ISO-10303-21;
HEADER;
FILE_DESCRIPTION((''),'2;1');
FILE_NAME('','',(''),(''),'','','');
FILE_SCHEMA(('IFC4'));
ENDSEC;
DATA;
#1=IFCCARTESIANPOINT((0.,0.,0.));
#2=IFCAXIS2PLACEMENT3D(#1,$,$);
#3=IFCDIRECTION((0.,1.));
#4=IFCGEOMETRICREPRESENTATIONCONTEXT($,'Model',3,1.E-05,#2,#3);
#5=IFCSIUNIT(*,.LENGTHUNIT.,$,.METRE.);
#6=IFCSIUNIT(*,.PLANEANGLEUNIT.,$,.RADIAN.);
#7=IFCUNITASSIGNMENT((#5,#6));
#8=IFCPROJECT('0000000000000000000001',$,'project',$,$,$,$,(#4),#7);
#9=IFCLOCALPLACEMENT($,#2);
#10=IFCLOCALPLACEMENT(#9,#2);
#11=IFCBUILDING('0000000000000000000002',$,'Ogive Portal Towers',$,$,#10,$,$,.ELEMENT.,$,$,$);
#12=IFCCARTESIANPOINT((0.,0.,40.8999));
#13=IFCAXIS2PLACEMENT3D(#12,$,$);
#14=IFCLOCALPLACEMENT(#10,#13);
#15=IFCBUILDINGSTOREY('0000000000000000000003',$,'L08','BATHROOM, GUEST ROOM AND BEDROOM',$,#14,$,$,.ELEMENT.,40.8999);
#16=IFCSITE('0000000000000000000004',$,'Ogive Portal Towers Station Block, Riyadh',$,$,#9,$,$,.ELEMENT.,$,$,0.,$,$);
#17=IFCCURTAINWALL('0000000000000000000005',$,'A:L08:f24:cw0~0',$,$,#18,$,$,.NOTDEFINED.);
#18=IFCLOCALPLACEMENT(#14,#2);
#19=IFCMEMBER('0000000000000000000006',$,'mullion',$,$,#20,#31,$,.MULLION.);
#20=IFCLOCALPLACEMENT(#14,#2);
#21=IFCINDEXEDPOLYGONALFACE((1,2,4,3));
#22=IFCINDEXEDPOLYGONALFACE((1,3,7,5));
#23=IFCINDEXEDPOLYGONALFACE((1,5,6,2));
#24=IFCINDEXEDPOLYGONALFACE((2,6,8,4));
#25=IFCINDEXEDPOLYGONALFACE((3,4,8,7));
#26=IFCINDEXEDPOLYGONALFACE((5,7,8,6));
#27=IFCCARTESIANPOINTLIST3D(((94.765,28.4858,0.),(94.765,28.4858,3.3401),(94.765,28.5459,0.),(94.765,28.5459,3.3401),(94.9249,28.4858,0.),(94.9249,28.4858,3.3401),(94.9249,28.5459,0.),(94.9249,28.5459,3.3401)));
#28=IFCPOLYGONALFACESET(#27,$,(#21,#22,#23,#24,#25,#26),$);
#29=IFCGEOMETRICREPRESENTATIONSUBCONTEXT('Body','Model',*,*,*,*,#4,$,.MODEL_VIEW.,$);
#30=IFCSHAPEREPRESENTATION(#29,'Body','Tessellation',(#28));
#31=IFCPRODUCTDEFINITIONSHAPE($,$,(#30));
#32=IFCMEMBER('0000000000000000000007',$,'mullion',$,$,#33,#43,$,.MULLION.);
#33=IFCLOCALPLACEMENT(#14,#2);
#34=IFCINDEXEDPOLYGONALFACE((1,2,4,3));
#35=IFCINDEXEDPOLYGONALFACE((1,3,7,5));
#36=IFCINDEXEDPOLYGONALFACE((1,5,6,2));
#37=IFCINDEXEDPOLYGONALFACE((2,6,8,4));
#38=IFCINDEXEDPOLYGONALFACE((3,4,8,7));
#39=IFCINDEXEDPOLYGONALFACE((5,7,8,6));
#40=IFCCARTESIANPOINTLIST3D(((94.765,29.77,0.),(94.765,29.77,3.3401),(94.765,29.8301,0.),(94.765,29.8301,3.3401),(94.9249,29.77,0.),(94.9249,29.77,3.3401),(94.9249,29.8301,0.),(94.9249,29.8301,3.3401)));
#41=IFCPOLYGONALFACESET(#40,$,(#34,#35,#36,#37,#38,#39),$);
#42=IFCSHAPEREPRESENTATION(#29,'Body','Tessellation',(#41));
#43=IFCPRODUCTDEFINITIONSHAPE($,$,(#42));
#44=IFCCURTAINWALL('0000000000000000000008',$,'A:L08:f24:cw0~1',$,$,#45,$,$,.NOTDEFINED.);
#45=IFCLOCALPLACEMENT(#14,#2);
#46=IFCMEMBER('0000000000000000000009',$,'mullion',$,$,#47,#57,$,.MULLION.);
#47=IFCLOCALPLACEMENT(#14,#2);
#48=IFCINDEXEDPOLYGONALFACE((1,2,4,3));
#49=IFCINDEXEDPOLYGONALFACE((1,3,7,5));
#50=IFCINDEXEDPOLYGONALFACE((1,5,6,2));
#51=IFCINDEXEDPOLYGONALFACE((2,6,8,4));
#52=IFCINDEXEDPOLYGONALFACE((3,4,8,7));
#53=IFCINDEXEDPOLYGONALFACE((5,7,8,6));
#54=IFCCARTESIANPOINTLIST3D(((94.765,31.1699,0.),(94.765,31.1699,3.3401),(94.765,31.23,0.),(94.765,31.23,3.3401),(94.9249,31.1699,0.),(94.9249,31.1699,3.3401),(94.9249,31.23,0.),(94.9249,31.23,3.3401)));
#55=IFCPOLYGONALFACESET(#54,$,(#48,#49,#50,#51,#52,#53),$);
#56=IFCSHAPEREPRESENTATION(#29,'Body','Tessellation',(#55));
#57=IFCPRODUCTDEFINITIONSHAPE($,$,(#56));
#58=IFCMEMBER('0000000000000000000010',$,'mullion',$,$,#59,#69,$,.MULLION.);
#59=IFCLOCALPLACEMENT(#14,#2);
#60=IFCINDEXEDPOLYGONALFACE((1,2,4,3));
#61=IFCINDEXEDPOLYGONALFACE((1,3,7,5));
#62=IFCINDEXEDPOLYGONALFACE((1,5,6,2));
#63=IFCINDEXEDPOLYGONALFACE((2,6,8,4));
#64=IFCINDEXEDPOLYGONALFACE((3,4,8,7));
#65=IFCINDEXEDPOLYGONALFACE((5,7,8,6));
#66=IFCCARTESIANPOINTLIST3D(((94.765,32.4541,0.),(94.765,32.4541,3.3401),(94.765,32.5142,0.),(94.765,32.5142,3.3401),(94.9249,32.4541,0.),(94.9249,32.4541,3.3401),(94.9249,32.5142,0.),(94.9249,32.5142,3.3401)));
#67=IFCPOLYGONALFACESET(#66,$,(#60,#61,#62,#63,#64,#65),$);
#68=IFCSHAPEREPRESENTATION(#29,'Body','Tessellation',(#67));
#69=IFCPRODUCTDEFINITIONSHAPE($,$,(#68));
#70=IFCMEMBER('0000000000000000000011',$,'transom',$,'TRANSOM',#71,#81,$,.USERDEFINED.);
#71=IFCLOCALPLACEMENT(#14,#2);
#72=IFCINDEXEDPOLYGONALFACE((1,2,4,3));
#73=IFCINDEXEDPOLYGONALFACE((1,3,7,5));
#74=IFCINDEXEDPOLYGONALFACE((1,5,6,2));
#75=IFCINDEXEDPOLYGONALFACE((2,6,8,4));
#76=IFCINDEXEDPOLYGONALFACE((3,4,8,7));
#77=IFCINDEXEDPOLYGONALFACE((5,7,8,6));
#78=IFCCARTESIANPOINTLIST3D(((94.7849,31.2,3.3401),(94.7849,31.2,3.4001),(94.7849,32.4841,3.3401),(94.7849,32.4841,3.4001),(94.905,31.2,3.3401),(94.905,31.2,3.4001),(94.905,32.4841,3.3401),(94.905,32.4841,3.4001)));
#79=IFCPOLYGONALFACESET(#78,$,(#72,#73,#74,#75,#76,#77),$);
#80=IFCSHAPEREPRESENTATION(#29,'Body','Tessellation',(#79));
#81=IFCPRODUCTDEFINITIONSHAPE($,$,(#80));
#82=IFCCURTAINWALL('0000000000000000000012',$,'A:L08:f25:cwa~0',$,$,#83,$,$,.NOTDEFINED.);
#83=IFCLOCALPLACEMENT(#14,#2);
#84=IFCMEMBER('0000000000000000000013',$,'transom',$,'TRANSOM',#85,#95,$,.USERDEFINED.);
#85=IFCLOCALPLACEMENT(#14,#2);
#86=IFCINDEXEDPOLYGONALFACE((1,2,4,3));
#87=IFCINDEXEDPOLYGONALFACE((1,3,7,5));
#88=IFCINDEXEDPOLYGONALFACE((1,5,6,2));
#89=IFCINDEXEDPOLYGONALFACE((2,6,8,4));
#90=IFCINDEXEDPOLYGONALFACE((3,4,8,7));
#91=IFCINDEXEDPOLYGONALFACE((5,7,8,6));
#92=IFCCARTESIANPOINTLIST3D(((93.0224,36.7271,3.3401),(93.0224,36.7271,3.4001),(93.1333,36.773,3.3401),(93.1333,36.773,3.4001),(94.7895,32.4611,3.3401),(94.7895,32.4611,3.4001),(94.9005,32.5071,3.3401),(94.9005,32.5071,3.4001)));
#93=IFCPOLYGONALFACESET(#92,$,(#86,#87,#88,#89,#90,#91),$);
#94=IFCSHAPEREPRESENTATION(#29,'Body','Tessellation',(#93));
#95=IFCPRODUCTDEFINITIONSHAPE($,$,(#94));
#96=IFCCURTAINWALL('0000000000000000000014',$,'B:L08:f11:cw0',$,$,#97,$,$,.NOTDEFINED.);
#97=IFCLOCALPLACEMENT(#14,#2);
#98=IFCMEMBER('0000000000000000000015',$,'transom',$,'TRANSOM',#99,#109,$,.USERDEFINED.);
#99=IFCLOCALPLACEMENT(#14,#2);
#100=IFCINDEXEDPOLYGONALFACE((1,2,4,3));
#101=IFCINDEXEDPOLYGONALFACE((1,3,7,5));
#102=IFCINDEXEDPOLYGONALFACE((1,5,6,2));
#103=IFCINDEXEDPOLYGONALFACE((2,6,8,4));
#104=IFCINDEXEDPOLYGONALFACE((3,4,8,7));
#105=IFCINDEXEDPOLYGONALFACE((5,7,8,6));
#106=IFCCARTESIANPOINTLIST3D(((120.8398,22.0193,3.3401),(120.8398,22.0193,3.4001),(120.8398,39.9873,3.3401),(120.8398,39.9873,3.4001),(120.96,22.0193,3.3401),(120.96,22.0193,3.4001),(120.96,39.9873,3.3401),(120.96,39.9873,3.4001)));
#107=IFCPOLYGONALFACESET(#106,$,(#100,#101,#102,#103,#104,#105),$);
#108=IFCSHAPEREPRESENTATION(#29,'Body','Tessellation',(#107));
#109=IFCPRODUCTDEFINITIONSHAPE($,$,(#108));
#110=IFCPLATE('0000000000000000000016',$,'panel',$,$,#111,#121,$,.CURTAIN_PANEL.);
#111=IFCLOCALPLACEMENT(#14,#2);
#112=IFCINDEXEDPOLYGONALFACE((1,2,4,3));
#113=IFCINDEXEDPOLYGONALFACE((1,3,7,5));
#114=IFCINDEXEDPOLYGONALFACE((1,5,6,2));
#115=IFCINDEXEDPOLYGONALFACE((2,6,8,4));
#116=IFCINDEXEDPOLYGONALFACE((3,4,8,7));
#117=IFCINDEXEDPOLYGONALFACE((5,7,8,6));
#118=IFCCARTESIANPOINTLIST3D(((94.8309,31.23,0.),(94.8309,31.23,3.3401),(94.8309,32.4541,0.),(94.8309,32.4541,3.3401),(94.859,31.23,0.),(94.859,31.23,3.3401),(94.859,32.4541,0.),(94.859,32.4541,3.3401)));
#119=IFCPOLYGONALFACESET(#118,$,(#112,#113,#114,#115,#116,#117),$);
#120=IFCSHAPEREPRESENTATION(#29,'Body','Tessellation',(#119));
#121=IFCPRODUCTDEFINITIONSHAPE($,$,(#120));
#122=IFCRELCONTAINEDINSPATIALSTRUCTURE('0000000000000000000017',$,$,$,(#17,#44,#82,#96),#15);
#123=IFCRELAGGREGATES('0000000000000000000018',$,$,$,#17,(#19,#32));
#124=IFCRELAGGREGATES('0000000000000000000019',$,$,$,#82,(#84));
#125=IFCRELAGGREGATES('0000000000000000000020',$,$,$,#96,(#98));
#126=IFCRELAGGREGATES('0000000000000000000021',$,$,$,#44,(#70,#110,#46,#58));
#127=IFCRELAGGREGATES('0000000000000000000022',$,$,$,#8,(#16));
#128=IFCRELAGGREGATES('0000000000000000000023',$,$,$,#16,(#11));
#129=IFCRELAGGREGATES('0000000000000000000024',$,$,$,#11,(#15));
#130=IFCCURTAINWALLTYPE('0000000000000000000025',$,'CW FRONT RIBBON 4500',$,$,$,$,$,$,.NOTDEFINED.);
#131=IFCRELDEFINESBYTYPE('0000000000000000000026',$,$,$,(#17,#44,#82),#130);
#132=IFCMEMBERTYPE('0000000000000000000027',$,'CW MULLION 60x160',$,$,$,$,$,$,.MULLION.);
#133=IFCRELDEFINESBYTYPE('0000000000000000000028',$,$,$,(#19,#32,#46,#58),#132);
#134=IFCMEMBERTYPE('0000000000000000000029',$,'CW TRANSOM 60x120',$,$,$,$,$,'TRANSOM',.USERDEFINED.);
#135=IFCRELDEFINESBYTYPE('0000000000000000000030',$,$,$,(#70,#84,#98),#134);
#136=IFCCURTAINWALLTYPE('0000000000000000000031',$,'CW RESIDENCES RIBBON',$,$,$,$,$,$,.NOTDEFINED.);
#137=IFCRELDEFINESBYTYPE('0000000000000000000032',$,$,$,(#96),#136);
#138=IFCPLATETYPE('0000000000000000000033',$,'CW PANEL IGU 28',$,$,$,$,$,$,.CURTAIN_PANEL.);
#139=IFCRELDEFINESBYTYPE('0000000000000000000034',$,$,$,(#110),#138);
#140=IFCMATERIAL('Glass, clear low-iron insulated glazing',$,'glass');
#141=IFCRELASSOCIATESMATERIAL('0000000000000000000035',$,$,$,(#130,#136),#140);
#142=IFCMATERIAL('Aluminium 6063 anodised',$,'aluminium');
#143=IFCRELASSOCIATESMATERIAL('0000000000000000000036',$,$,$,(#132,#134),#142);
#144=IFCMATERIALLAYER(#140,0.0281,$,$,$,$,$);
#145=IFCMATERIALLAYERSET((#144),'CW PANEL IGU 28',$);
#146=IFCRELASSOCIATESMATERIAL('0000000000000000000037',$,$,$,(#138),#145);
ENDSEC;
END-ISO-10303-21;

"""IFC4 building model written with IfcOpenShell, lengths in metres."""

from ifc_helpers import new_model, si_unit, direction, frame, origin, origin_2d, place, context, subcontext, project, spatial, rectangle, extrude, material, layer, layer_set, material_profile, profile_set, type_object, element, aggregate, save


model = new_model("IFC4")

# Units and contexts
model_context = context("Model", 3, precision=1e-05, world=origin(), true_north=direction((0.0, 1.0)))
body_context = subcontext(model_context, "Body", "Model", "MODEL_VIEW")
ifc_project = project(units=[si_unit("LENGTHUNIT", "METRE"), si_unit("PLANEANGLEUNIT", "RADIAN")], contexts=[model_context])

# Site, building, storey
site_placement = place(None, origin())
site = spatial("IfcSite", under=ifc_project, at=site_placement, Name="Ogive Portal Towers Station Block, Riyadh", CompositionType="ELEMENT", RefElevation=0.0)
building_placement = place(site_placement, origin())
building = spatial("IfcBuilding", under=site, at=building_placement, Name="Ogive Portal Towers", CompositionType="ELEMENT")
storey_placement = place(building_placement, frame((0.0, 0.0, 40.8999)))
storey = spatial("IfcBuildingStorey", under=building, at=storey_placement, Name="L08", Description="BATHROOM, GUEST ROOM AND BEDROOM", CompositionType="ELEMENT", Elevation=40.8999)

# Curtain walls, members
ifc_material_1 = material(Name="Glass, clear low-iron insulated glazing", Category="glass")
curtain_wall_type_1 = type_object("IfcCurtainWallType", Name="CW FRONT RIBBON 4500", PredefinedType="NOTDEFINED", material=ifc_material_1)
curtain_wall_1_placement = place(storey_placement, origin())
curtain_wall_1 = element("IfcCurtainWall", 1, at=curtain_wall_1_placement, inside=storey, type_object=curtain_wall_type_1, Name="A:L08:f24:cw0~0", PredefinedType="NOTDEFINED")
ifc_material_2 = material(Name="Aluminium 6063 anodised", Category="aluminium")
ifc_material_profile_1 = material_profile(ifc_material_2, rectangle(XDim=0.1599, YDim=0.0601, at=origin_2d()), Name="AL 60x160")
ifc_profile_set_1 = profile_set([ifc_material_profile_1], Name="Aluminium 6063 anodised")
member_type_1 = type_object("IfcMemberType", Name="CW MULLION 60x160", PredefinedType="MULLION", material=ifc_profile_set_1)
member_1_placement = place(storey_placement, frame((94.845, 28.5159, 0.0), z_axis=(0.0, 0.0, 1.0), x_axis=(-1.0, 0.0, 0.0)))
member_1 = element("IfcMember", 2, at=member_1_placement, type_object=member_type_1, Name="mullion", PredefinedType="MULLION", context=body_context, shape_type="SweptSolid", body=[
    extrude(rectangle(XDim=0.1599, YDim=0.0601, at=origin_2d()), origin(), (0.0, 0.0, 1.0), 3.3401),
])
member_2_placement = place(storey_placement, frame((94.845, 29.8, 0.0), z_axis=(0.0, 0.0, 1.0), x_axis=(-1.0, 0.0, 0.0)))
member_2 = element("IfcMember", 3, at=member_2_placement, type_object=member_type_1, Name="mullion", PredefinedType="MULLION", context=body_context, shape_type="SweptSolid", body=[
    extrude(rectangle(XDim=0.1599, YDim=0.0601, at=origin_2d()), origin(), (0.0, 0.0, 1.0), 3.3401),
])
aggregate(curtain_wall_1, [member_1, member_2])
curtain_wall_2_placement = place(storey_placement, origin())
curtain_wall_2 = element("IfcCurtainWall", 4, at=curtain_wall_2_placement, inside=storey, type_object=curtain_wall_type_1, Name="A:L08:f24:cw0~1", PredefinedType="NOTDEFINED")
member_3_placement = place(storey_placement, frame((94.845, 31.2, 0.0), z_axis=(0.0, 0.0, 1.0), x_axis=(-1.0, 0.0, 0.0)))
member_3 = element("IfcMember", 5, at=member_3_placement, type_object=member_type_1, Name="mullion", PredefinedType="MULLION", context=body_context, shape_type="SweptSolid", body=[
    extrude(rectangle(XDim=0.1599, YDim=0.0601, at=origin_2d()), origin(), (0.0, 0.0, 1.0), 3.3401),
])
member_4_placement = place(storey_placement, frame((94.845, 32.4841, 0.0), z_axis=(0.0, 0.0, 1.0), x_axis=(-1.0, 0.0, 0.0)))
member_4 = element("IfcMember", 6, at=member_4_placement, type_object=member_type_1, Name="mullion", PredefinedType="MULLION", context=body_context, shape_type="SweptSolid", body=[
    extrude(rectangle(XDim=0.1599, YDim=0.0601, at=origin_2d()), origin(), (0.0, 0.0, 1.0), 3.3401),
])
ifc_material_profile_2 = material_profile(ifc_material_2, rectangle(XDim=0.1201, YDim=0.0601, at=origin_2d()), Name="AL 120x60")
ifc_profile_set_2 = profile_set([ifc_material_profile_2], Name="Aluminium 6063 anodised")
member_type_2 = type_object("IfcMemberType", Name="CW TRANSOM 60x120", ElementType="TRANSOM", PredefinedType="USERDEFINED", material=ifc_profile_set_2)
member_5_placement = place(storey_placement, frame((94.845, 31.2, 3.3701), z_axis=(0.0, 1.0, 0.0), x_axis=(-1.0, 0.0, 0.0)))
member_5 = element("IfcMember", 7, at=member_5_placement, type_object=member_type_2, Name="transom", ObjectType="TRANSOM", PredefinedType="USERDEFINED", context=body_context, shape_type="SweptSolid", body=[
    extrude(rectangle(XDim=0.1201, YDim=0.0601, at=origin_2d()), origin(), (0.0, 0.0, 1.0), 1.2842),
])

# Curtain walls, members
curtain_wall_3_placement = place(storey_placement, origin())
curtain_wall_3 = element("IfcCurtainWall", 8, at=curtain_wall_3_placement, inside=storey, type_object=curtain_wall_type_1, Name="A:L08:f25:cwa~0", PredefinedType="NOTDEFINED")
member_6_placement = place(storey_placement, frame((94.845, 32.4841, 3.3701), z_axis=(-0.382704, 0.923871, 0.0), x_axis=(-0.923871, -0.382704, 0.0)))
member_6 = element("IfcMember", 9, at=member_6_placement, type_object=member_type_2, Name="transom", ObjectType="TRANSOM", PredefinedType="USERDEFINED", context=body_context, shape_type="SweptSolid", body=[
    extrude(rectangle(XDim=0.1201, YDim=0.0601, at=origin_2d()), origin(), (0.0, 0.0, 1.0), 4.6174),
])
aggregate(curtain_wall_3, [member_6])
curtain_wall_type_2 = type_object("IfcCurtainWallType", Name="CW RESIDENCES RIBBON", PredefinedType="NOTDEFINED", material=ifc_material_1)
curtain_wall_4_placement = place(storey_placement, origin())
curtain_wall_4 = element("IfcCurtainWall", 10, at=curtain_wall_4_placement, inside=storey, type_object=curtain_wall_type_2, Name="B:L08:f11:cw0", PredefinedType="NOTDEFINED")
member_7_placement = place(storey_placement, frame((120.8999, 39.9873, 3.3701), z_axis=(0.0, -1.0, 0.0), x_axis=(1.0, 0.0, 0.0)))
member_7 = element("IfcMember", 11, at=member_7_placement, type_object=member_type_2, Name="transom", ObjectType="TRANSOM", PredefinedType="USERDEFINED", context=body_context, shape_type="SweptSolid", body=[
    extrude(rectangle(XDim=0.1201, YDim=0.0601, at=origin_2d()), origin(), (0.0, 0.0, 1.0), 17.968),
])
aggregate(curtain_wall_4, [member_7])

# Plate
ifc_layer_1 = layer(ifc_material_1, 0.0281)
ifc_layer_set_1 = layer_set([ifc_layer_1], Name="CW PANEL IGU 28")
plate_type = type_object("IfcPlateType", Name="CW PANEL IGU 28", PredefinedType="CURTAIN_PANEL", material=ifc_layer_set_1)
plate_placement = place(storey_placement, frame((94.845, 31.842, 0.0), z_axis=(0.0, 0.0, 1.0), x_axis=(0.0, 1.0, 0.0)))
plate = element("IfcPlate", 12, at=plate_placement, type_object=plate_type, Name="panel", PredefinedType="CURTAIN_PANEL", context=body_context, shape_type="SweptSolid", body=[
    extrude(rectangle(XDim=1.2241, YDim=0.0281, at=origin_2d()), origin(), (0.0, 0.0, 1.0), 3.3401),
])
aggregate(curtain_wall_2, [member_5, plate, member_3, member_4])

save(model, "model.ifc")
